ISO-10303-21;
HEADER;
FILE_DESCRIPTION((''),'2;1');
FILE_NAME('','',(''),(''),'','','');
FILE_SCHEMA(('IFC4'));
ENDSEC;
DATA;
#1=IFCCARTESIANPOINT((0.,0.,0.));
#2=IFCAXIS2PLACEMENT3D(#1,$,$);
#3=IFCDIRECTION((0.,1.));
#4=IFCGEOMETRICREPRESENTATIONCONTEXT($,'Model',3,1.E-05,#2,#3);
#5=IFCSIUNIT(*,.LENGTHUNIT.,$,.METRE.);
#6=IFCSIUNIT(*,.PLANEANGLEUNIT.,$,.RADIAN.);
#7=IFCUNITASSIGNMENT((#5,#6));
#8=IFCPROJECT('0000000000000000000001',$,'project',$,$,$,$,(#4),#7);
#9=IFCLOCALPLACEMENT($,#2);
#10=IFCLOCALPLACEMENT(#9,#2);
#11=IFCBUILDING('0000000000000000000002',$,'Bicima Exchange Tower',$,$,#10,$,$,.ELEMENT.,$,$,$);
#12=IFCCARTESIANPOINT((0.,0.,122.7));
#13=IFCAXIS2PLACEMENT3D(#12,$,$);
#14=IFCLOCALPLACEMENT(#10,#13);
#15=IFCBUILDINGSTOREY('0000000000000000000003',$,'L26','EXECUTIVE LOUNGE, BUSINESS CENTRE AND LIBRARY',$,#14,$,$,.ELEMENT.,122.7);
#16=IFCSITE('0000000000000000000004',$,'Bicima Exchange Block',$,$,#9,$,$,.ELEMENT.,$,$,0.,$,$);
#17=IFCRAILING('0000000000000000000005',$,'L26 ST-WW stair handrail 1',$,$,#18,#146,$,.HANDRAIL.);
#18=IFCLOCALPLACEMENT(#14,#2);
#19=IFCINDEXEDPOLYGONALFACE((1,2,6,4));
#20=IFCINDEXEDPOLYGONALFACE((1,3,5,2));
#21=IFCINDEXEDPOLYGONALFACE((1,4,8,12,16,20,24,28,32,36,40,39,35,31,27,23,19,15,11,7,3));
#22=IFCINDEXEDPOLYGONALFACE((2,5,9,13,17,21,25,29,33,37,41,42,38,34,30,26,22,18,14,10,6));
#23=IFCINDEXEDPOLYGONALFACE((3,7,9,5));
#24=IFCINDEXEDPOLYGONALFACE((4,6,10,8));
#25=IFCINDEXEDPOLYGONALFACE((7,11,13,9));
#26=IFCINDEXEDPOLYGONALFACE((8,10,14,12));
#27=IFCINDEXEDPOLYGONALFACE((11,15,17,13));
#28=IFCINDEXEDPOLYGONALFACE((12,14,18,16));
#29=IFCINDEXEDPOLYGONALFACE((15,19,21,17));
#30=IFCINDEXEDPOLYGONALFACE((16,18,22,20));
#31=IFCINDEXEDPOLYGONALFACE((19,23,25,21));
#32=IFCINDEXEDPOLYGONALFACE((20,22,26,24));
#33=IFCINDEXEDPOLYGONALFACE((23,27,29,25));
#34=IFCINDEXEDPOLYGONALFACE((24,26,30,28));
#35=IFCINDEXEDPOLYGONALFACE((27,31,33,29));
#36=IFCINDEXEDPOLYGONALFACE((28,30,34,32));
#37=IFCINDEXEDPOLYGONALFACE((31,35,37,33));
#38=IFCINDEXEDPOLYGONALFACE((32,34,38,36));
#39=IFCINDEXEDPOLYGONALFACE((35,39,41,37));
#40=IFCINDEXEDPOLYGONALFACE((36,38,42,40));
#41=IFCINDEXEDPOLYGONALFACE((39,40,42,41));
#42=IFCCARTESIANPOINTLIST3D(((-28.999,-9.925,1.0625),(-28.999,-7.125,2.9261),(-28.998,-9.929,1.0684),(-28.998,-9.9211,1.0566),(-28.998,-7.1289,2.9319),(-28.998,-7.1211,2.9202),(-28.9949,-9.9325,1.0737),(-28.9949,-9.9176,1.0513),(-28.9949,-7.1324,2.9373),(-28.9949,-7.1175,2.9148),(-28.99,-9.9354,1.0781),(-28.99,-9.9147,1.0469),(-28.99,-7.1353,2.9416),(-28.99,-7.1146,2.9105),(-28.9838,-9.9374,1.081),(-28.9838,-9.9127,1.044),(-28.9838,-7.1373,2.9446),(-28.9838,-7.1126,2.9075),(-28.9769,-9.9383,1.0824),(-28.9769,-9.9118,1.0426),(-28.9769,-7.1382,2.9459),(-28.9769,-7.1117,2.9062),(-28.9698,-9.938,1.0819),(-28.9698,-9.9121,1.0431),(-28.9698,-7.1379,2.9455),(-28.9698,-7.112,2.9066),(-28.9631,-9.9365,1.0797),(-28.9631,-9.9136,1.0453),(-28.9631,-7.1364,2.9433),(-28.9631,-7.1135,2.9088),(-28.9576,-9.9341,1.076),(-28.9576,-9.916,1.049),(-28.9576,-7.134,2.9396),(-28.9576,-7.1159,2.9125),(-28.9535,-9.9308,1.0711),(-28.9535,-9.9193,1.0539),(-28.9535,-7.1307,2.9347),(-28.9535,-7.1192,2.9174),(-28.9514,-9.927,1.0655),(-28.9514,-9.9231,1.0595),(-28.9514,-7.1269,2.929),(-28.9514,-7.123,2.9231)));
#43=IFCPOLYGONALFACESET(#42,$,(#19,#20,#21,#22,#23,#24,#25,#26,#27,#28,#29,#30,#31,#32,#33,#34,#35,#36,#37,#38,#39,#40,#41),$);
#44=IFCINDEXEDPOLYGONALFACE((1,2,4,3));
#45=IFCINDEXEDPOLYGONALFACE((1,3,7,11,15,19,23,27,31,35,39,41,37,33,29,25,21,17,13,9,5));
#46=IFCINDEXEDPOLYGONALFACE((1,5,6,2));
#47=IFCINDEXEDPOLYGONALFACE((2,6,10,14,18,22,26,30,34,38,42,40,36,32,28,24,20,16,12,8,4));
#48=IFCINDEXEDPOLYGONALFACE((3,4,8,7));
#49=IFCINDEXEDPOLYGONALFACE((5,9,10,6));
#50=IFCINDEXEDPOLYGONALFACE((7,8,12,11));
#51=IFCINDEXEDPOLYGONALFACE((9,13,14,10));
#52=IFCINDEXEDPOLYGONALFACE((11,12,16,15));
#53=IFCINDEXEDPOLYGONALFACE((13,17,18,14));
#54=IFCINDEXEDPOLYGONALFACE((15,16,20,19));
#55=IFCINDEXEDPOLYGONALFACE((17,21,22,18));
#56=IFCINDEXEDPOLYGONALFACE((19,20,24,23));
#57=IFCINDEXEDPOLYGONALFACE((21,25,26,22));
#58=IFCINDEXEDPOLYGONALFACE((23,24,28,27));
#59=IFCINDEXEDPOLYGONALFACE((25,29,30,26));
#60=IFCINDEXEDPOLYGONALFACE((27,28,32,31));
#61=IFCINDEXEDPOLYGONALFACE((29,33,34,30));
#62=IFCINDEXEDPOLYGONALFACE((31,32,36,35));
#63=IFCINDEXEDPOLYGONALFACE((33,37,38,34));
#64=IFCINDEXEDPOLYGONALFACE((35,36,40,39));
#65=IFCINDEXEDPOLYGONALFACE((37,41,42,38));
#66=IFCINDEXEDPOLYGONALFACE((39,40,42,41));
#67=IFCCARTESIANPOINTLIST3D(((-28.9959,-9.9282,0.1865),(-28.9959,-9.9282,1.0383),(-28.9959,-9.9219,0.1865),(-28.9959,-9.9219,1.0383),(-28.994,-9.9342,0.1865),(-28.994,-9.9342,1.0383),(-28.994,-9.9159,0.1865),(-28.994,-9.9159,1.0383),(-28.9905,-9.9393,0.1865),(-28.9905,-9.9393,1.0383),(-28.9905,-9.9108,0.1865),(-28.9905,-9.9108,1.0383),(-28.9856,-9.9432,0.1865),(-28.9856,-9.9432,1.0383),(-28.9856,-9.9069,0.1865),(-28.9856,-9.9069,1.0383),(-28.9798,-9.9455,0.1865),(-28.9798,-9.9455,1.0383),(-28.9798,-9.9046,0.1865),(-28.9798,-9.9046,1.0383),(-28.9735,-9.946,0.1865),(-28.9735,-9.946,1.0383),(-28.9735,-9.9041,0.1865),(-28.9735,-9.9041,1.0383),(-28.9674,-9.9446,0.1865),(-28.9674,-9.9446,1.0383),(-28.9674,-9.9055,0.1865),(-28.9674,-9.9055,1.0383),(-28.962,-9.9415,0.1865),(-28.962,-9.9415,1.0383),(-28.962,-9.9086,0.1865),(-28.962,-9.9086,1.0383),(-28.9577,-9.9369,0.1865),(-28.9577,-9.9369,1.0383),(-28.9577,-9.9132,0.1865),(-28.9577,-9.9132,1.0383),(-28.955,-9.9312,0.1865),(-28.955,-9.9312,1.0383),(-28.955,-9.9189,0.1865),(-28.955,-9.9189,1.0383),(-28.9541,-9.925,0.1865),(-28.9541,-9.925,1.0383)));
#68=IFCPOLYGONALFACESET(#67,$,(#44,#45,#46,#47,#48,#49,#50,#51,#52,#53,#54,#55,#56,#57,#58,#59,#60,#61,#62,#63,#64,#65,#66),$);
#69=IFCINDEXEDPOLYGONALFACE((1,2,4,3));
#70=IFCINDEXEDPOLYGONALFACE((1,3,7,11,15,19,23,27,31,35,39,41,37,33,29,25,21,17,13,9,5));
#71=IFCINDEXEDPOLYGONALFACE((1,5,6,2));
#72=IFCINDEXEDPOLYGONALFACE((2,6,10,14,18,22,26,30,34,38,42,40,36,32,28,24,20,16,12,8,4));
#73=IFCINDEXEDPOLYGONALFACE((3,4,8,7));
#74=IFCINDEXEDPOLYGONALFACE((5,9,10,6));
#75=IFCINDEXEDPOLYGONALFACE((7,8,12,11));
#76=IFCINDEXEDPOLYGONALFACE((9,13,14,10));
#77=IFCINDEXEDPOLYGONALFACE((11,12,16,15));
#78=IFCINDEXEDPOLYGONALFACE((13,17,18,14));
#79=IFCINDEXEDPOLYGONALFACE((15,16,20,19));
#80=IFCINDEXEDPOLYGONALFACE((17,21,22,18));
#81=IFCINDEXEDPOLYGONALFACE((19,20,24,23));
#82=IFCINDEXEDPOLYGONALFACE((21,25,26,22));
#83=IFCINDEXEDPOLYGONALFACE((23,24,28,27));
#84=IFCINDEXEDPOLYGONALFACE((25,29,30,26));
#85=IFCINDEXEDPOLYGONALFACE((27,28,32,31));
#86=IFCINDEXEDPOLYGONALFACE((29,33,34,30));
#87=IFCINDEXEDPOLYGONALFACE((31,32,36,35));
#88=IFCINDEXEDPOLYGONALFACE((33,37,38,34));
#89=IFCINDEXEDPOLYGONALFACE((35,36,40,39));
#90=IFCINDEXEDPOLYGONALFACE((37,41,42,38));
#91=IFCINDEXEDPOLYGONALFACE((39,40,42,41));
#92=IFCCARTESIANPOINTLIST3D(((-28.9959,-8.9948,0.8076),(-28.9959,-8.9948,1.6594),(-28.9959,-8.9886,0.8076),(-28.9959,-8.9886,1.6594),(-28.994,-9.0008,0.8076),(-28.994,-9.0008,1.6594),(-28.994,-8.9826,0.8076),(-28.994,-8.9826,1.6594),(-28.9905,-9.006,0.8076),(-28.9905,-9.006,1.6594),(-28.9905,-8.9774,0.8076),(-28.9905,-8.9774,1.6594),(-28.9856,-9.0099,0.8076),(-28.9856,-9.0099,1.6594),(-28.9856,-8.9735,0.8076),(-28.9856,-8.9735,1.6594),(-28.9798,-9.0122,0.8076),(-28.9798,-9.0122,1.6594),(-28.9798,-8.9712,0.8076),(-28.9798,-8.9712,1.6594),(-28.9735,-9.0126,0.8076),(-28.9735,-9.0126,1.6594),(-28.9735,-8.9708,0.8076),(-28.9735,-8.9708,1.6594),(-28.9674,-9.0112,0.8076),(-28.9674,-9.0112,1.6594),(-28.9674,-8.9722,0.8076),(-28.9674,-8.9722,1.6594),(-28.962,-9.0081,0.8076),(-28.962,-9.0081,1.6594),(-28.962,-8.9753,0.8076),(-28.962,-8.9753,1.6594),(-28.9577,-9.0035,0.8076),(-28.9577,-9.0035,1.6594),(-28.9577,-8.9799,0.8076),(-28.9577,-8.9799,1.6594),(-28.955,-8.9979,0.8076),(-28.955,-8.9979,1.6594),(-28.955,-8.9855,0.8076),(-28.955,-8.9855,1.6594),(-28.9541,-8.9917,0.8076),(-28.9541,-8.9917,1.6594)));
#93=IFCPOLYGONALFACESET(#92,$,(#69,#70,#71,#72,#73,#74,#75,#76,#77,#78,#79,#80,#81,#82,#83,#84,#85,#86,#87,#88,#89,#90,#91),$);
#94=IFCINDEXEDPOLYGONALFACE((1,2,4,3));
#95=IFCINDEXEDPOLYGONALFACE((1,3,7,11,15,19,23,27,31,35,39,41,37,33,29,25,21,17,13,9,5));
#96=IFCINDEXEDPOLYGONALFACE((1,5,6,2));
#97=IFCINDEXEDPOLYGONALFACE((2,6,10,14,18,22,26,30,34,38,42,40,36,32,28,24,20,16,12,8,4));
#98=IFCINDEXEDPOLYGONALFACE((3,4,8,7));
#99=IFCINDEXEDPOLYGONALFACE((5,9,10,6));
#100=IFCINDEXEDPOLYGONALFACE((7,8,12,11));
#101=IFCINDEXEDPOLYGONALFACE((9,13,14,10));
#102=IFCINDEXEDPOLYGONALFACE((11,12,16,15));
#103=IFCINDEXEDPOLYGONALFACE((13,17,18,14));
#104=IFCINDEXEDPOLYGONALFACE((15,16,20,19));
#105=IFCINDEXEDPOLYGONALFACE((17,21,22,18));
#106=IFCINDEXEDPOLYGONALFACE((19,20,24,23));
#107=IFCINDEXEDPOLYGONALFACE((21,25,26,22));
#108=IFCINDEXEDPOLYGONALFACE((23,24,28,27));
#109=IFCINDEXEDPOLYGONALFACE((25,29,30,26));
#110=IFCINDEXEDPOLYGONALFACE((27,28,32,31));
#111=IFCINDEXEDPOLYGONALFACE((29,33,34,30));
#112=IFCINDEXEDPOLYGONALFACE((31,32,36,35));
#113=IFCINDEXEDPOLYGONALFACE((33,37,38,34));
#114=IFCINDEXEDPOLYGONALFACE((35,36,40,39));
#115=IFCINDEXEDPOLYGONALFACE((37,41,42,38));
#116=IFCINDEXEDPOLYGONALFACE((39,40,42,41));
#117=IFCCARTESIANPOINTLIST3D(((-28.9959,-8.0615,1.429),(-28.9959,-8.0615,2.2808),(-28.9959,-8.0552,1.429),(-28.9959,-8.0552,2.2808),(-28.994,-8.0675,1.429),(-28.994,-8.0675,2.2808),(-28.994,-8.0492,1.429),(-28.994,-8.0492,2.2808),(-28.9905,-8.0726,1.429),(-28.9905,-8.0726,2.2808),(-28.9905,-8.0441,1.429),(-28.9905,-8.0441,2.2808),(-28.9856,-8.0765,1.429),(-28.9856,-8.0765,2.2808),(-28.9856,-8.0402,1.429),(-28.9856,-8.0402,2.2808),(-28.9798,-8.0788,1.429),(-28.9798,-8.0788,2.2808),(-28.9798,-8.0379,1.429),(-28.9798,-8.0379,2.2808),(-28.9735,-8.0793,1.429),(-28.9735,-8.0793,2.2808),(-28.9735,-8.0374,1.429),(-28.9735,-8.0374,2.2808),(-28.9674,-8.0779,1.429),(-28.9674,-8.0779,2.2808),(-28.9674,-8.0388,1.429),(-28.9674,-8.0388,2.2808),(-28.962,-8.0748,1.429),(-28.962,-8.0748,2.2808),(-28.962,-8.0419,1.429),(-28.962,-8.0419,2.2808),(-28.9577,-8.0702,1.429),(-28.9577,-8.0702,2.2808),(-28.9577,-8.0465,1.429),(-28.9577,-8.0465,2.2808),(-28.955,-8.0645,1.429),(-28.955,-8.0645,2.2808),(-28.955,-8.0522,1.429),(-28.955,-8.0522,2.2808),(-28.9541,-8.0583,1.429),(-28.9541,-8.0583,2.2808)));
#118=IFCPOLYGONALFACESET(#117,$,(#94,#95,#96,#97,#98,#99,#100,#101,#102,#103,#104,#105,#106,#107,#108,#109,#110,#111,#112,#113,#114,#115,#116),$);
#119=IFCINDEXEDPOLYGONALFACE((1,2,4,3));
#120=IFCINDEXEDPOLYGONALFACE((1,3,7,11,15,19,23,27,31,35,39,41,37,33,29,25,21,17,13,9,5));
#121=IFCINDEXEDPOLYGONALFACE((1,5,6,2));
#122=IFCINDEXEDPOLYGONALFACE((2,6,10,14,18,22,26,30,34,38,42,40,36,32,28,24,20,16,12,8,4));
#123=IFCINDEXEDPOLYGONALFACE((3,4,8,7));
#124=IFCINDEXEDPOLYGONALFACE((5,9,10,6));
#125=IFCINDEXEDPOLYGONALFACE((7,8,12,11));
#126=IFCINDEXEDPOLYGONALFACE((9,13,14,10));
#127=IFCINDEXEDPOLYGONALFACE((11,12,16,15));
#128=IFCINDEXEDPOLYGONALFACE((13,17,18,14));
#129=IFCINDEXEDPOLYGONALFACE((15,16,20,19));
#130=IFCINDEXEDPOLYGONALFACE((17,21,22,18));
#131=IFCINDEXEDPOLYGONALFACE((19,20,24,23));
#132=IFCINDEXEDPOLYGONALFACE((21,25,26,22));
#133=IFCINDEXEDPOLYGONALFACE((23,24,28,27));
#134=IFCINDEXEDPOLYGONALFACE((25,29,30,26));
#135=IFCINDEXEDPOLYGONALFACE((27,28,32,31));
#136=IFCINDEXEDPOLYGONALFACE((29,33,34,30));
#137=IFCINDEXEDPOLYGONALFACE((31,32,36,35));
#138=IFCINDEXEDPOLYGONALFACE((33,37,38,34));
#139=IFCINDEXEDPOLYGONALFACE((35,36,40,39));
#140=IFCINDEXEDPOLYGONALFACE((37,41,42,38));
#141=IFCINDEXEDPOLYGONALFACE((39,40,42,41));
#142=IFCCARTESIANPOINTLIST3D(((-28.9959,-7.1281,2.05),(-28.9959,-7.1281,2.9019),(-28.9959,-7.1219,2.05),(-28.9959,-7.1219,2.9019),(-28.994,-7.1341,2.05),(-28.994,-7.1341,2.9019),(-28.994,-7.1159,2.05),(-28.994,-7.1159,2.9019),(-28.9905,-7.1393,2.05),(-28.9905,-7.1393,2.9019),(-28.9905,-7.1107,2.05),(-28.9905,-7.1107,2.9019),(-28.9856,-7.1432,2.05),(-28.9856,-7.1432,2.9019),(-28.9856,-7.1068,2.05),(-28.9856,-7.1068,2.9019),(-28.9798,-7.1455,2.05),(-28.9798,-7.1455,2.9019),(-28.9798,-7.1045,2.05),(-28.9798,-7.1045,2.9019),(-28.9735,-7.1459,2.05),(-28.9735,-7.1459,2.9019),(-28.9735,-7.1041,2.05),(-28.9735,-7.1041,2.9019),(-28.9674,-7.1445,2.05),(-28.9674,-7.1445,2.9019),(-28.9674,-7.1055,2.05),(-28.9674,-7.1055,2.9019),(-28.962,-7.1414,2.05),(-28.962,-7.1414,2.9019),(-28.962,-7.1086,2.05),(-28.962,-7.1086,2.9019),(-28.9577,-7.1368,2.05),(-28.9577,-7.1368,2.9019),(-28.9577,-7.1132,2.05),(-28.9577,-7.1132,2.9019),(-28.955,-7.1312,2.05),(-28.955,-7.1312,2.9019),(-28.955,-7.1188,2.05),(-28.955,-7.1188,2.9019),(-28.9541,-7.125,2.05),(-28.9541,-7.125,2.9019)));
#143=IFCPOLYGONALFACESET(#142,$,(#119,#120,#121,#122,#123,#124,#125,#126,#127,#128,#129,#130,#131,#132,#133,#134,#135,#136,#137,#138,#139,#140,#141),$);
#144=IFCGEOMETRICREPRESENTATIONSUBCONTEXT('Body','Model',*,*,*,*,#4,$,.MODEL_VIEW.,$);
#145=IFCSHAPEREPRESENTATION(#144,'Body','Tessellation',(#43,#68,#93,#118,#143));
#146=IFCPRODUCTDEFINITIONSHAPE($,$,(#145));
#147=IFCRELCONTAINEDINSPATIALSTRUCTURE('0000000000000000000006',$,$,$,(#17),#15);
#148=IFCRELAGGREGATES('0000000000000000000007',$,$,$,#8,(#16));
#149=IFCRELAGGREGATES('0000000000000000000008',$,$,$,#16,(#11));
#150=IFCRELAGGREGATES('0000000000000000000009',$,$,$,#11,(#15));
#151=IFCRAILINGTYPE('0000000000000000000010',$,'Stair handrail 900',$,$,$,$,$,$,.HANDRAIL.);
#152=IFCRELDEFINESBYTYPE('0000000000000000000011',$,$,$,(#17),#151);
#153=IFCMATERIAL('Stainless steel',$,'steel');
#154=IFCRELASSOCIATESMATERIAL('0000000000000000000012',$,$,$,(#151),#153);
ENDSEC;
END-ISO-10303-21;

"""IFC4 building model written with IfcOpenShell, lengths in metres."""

from ifc_helpers import new_model, si_unit, direction, frame, origin, origin_2d, place, context, subcontext, project, spatial, circle, extrude, material, type_object, element, save


model = new_model("IFC4")

# Units and contexts
model_context = context("Model", 3, precision=1e-05, world=origin(), true_north=direction((0.0, 1.0)))
body_context = subcontext(model_context, "Body", "Model", "MODEL_VIEW")
ifc_project = project(units=[si_unit("LENGTHUNIT", "METRE"), si_unit("PLANEANGLEUNIT", "RADIAN")], contexts=[model_context])

# Site, building, storey
site_placement = place(None, origin())
site = spatial("IfcSite", under=ifc_project, at=site_placement, Name="Bicima Exchange Block", CompositionType="ELEMENT", RefElevation=0.0)
building_placement = place(site_placement, origin())
building = spatial("IfcBuilding", under=site, at=building_placement, Name="Bicima Exchange Tower", CompositionType="ELEMENT")
storey_placement = place(building_placement, frame((0.0, 0.0, 122.7)))
storey = spatial("IfcBuildingStorey", under=building, at=storey_placement, Name="L26", Description="EXECUTIVE LOUNGE, BUSINESS CENTRE AND LIBRARY", CompositionType="ELEMENT", Elevation=122.7)

# Railing
ifc_material_1 = material(Name="Stainless steel", Category="steel")
railing_type = type_object("IfcRailingType", Name="Stair handrail 900", PredefinedType="HANDRAIL", material=ifc_material_1)
railing_placement = place(storey_placement, frame((-28.9751, -9.925, 0.1865)))
element("IfcRailing", 1, at=railing_placement, inside=storey, type_object=railing_type, Name="L26 ST-WW stair handrail 1", PredefinedType="HANDRAIL", context=body_context, shape_type="SweptSolid", body=[
    extrude(circle(Radius=0.0239, at=origin_2d()), frame((0.0, 0.0, 0.876), z_axis=(0.0, 0.832486, 0.554047), x_axis=(-1.0, 0.0, 0.0)), (0.0, 0.0, 1.0), 3.3635),
    extrude(circle(Radius=0.021, at=origin_2d()), origin(), (0.0, 0.0, 1.0), 0.8518),
    extrude(circle(Radius=0.021, at=origin_2d()), frame((0.0, 0.9333, 0.6211)), (0.0, 0.0, 1.0), 0.8518),
    extrude(circle(Radius=0.021, at=origin_2d()), frame((0.0, 1.8667, 1.2424)), (0.0, 0.0, 1.0), 0.8518),
    extrude(circle(Radius=0.021, at=origin_2d()), frame((0.0, 2.8, 1.8635)), (0.0, 0.0, 1.0), 0.8518),
])

save(model, "model.ifc")
